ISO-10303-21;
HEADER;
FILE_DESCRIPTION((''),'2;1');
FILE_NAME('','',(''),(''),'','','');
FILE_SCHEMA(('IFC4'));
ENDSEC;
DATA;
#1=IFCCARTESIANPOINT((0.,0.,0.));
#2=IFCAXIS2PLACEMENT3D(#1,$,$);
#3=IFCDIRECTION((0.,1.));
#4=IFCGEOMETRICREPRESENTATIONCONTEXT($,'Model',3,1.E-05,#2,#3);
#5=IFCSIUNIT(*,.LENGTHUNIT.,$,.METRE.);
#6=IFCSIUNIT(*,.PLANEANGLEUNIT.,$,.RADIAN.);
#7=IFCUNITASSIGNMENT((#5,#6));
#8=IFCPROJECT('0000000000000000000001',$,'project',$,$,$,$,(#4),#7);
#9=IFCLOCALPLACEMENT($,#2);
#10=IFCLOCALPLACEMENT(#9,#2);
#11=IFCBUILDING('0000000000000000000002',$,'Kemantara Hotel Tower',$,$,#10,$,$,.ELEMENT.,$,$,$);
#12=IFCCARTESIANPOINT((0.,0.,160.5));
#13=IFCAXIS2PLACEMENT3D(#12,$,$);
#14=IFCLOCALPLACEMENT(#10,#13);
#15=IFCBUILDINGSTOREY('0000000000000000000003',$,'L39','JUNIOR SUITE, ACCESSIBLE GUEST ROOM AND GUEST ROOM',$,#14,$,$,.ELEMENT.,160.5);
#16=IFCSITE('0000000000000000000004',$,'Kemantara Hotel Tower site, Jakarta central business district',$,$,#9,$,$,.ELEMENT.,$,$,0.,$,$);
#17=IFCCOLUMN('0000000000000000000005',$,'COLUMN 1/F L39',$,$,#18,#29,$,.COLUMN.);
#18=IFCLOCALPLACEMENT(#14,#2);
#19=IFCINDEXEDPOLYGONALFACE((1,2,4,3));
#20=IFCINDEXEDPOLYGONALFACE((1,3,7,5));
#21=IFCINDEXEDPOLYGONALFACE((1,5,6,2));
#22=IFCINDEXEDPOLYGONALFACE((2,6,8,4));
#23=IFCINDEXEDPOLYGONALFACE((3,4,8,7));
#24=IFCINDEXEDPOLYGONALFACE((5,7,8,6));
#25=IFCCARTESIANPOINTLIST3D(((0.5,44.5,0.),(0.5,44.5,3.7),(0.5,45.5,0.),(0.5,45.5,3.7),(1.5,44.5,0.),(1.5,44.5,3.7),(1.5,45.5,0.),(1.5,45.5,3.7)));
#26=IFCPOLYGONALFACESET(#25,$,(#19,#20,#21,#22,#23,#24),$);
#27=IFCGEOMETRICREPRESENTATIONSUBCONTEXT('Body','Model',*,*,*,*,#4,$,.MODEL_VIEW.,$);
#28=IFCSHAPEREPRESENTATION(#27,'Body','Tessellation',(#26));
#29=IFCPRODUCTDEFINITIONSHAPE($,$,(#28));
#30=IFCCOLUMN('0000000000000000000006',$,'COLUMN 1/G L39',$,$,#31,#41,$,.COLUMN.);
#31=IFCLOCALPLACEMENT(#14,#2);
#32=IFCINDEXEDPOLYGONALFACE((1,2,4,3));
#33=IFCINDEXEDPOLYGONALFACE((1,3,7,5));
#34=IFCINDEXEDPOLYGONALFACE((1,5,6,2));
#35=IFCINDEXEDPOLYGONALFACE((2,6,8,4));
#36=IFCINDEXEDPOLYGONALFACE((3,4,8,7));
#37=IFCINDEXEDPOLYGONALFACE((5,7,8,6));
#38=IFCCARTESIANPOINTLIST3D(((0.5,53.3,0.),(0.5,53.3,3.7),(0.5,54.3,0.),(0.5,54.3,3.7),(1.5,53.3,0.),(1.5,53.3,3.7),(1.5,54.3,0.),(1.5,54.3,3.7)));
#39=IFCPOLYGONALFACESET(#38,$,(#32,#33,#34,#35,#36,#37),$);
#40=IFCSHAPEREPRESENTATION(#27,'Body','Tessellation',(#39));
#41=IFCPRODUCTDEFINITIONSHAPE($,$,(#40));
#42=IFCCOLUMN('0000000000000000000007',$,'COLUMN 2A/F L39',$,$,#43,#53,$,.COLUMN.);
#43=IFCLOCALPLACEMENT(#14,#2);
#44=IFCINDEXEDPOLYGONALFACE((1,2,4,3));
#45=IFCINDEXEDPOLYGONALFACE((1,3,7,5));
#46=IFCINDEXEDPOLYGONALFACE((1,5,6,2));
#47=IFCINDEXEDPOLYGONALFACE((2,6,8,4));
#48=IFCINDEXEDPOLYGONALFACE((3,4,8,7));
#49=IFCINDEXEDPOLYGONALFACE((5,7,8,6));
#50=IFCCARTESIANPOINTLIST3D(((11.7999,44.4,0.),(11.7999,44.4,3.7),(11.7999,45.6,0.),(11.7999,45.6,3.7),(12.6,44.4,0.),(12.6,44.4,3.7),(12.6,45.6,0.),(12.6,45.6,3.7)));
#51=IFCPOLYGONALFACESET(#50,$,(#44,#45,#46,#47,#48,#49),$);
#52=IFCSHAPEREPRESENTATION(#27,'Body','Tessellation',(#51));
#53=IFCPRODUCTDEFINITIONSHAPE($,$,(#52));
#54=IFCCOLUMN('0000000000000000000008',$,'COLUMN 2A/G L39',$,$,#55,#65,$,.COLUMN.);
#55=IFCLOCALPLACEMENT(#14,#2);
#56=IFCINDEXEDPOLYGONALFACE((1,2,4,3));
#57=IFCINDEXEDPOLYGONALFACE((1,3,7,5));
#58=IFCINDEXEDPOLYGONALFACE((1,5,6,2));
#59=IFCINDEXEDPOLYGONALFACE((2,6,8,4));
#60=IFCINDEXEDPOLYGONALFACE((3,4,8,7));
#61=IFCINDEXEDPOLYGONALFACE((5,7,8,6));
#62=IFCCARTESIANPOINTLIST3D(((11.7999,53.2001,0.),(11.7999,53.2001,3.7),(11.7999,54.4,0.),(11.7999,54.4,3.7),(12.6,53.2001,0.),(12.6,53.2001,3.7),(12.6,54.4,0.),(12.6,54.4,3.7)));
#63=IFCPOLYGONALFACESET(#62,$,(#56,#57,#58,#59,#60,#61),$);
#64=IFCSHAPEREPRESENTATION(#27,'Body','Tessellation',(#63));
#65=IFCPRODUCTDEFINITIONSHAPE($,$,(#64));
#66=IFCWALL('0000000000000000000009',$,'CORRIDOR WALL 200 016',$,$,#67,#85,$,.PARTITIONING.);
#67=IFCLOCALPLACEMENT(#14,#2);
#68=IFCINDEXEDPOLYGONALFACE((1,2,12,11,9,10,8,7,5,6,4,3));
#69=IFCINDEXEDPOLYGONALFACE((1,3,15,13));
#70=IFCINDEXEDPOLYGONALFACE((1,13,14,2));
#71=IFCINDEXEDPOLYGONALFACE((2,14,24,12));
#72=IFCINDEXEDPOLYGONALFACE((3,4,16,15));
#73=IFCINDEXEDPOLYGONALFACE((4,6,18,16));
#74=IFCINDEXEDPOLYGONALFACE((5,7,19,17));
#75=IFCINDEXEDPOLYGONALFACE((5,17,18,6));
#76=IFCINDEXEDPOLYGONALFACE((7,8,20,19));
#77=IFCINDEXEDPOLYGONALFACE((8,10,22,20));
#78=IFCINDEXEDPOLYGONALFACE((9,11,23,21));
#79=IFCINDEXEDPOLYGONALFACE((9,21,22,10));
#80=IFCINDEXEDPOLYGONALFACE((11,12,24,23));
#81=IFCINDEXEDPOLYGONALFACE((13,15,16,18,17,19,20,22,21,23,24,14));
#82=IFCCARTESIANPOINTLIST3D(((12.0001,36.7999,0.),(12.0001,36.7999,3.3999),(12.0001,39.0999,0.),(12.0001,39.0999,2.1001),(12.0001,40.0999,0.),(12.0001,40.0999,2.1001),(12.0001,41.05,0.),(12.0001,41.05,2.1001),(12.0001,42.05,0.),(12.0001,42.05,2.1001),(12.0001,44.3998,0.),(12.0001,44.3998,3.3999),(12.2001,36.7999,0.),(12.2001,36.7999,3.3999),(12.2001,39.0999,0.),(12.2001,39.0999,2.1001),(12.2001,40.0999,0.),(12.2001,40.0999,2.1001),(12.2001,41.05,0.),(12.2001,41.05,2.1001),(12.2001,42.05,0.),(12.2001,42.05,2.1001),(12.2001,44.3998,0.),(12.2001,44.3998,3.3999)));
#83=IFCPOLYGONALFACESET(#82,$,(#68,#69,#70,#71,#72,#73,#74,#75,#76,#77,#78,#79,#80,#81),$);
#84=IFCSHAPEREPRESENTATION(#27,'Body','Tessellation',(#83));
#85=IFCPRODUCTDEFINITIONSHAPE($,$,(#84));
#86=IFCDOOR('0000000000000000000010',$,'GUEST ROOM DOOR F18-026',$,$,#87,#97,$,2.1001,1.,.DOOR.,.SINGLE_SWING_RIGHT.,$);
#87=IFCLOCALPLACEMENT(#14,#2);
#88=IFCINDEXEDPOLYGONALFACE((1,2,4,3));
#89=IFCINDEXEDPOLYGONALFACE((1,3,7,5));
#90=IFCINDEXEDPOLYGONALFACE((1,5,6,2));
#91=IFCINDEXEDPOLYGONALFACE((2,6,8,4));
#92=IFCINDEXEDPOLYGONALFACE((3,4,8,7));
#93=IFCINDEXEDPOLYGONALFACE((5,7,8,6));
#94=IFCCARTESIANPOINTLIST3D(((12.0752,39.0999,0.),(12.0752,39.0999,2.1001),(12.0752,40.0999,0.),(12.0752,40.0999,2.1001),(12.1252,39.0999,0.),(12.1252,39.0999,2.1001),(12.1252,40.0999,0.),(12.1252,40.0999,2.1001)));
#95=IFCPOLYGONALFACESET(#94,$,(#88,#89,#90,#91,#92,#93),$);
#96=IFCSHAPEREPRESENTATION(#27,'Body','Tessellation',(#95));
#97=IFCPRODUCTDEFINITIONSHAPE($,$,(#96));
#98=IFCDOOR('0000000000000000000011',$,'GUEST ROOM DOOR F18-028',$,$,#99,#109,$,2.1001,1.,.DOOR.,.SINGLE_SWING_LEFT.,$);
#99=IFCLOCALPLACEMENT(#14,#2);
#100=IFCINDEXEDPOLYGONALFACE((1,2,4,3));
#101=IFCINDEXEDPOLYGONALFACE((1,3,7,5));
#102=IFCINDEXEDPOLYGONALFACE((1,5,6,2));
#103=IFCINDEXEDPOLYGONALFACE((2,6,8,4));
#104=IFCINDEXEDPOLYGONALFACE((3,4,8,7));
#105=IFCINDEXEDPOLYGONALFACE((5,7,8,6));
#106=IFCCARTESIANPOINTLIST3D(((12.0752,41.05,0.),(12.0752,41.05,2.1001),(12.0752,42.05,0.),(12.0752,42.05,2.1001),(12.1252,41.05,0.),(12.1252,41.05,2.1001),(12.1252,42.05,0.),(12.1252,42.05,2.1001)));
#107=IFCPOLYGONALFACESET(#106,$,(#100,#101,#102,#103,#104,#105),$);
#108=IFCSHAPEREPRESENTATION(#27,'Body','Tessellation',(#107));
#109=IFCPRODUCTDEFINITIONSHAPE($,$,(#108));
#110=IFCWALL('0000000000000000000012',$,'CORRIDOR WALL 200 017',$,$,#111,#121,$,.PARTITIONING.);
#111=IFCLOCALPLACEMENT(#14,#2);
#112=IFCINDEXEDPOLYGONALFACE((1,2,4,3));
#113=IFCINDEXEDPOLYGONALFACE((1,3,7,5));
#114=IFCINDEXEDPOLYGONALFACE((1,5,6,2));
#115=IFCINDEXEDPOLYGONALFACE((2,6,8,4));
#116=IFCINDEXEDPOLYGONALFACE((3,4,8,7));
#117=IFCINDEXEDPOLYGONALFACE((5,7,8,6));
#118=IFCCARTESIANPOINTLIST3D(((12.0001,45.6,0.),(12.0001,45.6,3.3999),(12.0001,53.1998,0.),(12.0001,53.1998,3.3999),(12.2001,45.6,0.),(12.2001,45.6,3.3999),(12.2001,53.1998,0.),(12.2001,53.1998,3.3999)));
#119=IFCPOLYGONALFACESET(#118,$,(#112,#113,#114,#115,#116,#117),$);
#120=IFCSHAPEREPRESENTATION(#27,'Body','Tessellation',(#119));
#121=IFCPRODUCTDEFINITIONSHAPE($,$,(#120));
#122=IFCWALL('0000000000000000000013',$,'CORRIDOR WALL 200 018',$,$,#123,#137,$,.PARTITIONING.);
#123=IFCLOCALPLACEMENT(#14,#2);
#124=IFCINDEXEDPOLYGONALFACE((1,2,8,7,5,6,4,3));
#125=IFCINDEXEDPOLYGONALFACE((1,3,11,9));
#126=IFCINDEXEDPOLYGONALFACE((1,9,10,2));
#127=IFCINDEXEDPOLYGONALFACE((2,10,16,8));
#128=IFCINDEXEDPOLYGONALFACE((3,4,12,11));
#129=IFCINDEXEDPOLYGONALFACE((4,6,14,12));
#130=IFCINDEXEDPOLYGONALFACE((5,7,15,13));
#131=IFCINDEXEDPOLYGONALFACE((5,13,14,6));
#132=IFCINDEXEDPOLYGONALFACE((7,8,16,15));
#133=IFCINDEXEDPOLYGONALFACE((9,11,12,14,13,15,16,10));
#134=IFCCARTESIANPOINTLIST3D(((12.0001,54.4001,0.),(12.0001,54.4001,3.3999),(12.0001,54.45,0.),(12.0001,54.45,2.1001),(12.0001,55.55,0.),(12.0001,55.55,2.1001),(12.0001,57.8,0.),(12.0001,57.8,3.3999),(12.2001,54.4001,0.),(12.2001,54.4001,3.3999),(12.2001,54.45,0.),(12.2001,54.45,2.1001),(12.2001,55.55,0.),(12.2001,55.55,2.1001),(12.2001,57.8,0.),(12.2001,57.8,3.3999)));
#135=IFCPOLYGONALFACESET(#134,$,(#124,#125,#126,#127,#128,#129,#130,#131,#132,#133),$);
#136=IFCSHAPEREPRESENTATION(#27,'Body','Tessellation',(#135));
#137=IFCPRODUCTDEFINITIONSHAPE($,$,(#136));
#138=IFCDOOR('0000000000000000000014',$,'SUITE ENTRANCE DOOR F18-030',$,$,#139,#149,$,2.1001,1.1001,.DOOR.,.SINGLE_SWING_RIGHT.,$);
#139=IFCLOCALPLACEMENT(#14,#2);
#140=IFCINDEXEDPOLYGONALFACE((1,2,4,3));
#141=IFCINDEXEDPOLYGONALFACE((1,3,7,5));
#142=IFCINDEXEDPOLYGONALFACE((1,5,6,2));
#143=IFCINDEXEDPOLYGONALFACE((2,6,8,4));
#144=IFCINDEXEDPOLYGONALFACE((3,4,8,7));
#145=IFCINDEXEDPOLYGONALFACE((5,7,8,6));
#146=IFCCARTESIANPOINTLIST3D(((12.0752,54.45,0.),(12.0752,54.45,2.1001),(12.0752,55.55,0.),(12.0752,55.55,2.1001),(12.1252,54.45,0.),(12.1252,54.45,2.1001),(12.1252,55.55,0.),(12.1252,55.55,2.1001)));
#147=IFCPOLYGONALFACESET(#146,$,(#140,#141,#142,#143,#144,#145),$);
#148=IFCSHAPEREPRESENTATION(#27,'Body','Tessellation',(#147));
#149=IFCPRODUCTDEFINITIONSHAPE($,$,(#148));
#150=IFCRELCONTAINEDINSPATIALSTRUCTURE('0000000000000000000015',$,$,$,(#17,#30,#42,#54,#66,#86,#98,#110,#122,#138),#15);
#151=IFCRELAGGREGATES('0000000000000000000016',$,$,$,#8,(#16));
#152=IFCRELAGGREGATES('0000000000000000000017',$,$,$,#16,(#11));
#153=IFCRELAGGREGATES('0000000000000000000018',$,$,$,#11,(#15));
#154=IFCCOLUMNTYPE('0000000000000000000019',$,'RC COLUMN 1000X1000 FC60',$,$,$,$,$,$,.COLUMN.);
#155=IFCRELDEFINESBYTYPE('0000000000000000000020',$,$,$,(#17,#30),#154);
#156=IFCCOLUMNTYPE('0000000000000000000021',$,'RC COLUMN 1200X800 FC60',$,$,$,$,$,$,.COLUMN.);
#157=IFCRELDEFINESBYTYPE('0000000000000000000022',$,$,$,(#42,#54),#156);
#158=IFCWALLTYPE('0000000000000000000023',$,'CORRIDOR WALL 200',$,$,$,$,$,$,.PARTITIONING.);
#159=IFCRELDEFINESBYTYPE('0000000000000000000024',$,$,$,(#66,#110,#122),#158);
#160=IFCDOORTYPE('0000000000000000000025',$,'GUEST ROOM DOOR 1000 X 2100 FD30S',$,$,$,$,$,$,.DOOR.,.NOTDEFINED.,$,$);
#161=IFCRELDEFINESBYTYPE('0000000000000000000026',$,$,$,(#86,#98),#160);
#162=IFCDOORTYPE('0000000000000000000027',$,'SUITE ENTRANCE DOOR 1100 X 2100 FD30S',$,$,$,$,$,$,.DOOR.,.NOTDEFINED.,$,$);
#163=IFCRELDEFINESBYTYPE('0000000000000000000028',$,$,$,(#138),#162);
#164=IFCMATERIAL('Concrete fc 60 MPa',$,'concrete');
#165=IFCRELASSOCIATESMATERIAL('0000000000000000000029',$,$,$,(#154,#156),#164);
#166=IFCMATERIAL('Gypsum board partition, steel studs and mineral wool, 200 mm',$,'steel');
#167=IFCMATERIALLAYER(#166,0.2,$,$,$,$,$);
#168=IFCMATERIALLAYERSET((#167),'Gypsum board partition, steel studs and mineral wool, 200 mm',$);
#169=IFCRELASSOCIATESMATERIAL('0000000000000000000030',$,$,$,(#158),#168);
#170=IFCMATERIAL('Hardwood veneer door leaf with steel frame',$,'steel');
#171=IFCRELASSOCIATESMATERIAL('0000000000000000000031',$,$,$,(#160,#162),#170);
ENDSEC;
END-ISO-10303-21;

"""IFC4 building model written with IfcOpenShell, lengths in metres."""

from ifc_helpers import new_model, si_unit, direction, frame, frame_2d, origin, origin_2d, place, context, subcontext, project, spatial, rectangle, extrude, material, layer, layer_set, material_profile, profile_set, type_object, element, fill, save


model = new_model("IFC4")

# Units and contexts
model_context = context("Model", 3, precision=1e-05, world=origin(), true_north=direction((0.0, 1.0)))
body_context = subcontext(model_context, "Body", "Model", "MODEL_VIEW")
ifc_project = project(units=[si_unit("LENGTHUNIT", "METRE"), si_unit("PLANEANGLEUNIT", "RADIAN")], contexts=[model_context])

# Site, building, storey
site_placement = place(None, origin())
site = spatial("IfcSite", under=ifc_project, at=site_placement, Name="Kemantara Hotel Tower site, Jakarta central business district", CompositionType="ELEMENT", RefElevation=0.0)
building_placement = place(site_placement, origin())
building = spatial("IfcBuilding", under=site, at=building_placement, Name="Kemantara Hotel Tower", CompositionType="ELEMENT")
storey_placement = place(building_placement, frame((0.0, 0.0, 160.5)))
storey = spatial("IfcBuildingStorey", under=building, at=storey_placement, Name="L39", Description="JUNIOR SUITE, ACCESSIBLE GUEST ROOM AND GUEST ROOM", CompositionType="ELEMENT", Elevation=160.5)

# Columns
ifc_material_1 = material(Name="Concrete fc 60 MPa", Category="concrete")
ifc_material_profile_1 = material_profile(ifc_material_1, rectangle(XDim=1.0, YDim=1.0, at=origin_2d()), Name="RC 1000X1000")
ifc_profile_set_1 = profile_set([ifc_material_profile_1], Name="Concrete fc 60 MPa")
column_type_1 = type_object("IfcColumnType", Name="RC COLUMN 1000X1000 FC60", PredefinedType="COLUMN", material=ifc_profile_set_1)
for number, where, z_axis, x_axis, name in (
    (1, (1.0, 45.0, 0.0), (0.0, 0.0, 1.0), (1.0, 0.0, 0.0), "COLUMN 1/F L39"),
    (2, (1.0, 53.8, 0.0), (0.0, 0.0, 1.0), (1.0, 0.0, 0.0), "COLUMN 1/G L39"),
):
    element("IfcColumn", number, at=place(storey_placement, frame(where, z_axis=z_axis, x_axis=x_axis)), inside=storey, type_object=column_type_1, Name=name, PredefinedType="COLUMN", context=body_context, shape_type="SweptSolid", body=[
        extrude(rectangle(XDim=1.0, YDim=1.0, at=origin_2d()), origin(), (0.0, 0.0, 1.0), 3.7),
    ])
ifc_material_profile_2 = material_profile(ifc_material_1, rectangle(XDim=1.2, YDim=0.8, at=origin_2d()), Name="RC 1200X800")
ifc_profile_set_2 = profile_set([ifc_material_profile_2], Name="Concrete fc 60 MPa")
column_type_2 = type_object("IfcColumnType", Name="RC COLUMN 1200X800 FC60", PredefinedType="COLUMN", material=ifc_profile_set_2)
for number, where, z_axis, x_axis, name in (
    (3, (12.2, 45.0, 0.0), (0.0, 0.0, 1.0), (0.0, 1.0, 0.0), "COLUMN 2A/F L39"),
    (4, (12.2, 53.8, 0.0), (0.0, 0.0, 1.0), (0.0, 1.0, 0.0), "COLUMN 2A/G L39"),
):
    element("IfcColumn", number, at=place(storey_placement, frame(where, z_axis=z_axis, x_axis=x_axis)), inside=storey, type_object=column_type_2, Name=name, PredefinedType="COLUMN", context=body_context, shape_type="SweptSolid", body=[
        extrude(rectangle(XDim=1.2, YDim=0.8, at=origin_2d()), origin(), (0.0, 0.0, 1.0), 3.7),
    ])

# Wall, openings, doors
ifc_material_2 = material(Name="Gypsum board partition, steel studs and mineral wool, 200 mm", Category="steel")
ifc_layer_1 = layer(ifc_material_2, 0.2)
ifc_layer_set_1 = layer_set([ifc_layer_1], Name="Gypsum board partition, steel studs and mineral wool, 200 mm")
wall_type_1 = type_object("IfcWallType", Name="CORRIDOR WALL 200", PredefinedType="PARTITIONING", material=ifc_layer_set_1)
wall_1_placement = place(storey_placement, frame((12.1001, 36.8, 0.0), z_axis=(0.0, 0.0, 1.0), x_axis=(0.0, 1.0, 0.0)))
wall_1 = element("IfcWall", 5, at=wall_1_placement, inside=storey, type_object=wall_type_1, Name="CORRIDOR WALL 200 016", PredefinedType="PARTITIONING", context=body_context, shape_type="SweptSolid", body=[
    extrude(rectangle(XDim=7.5999, YDim=0.2, at=frame_2d((3.7998, 0.0))), origin(), (0.0, 0.0, 1.0), 3.3999),
])
opening_1_placement = place(wall_1_placement, frame((2.2998, 0.0, 0.0)))
opening_1 = element("IfcOpeningElement", 6, at=opening_1_placement, cuts=wall_1, PredefinedType="OPENING", context=body_context, shape_type="SweptSolid", body=[
    extrude(rectangle(XDim=1.0, YDim=2.1001, at=frame_2d((0.5, 1.05))), frame((0.0, 0.1099, 0.0), z_axis=(0.0, -1.0, 0.0), x_axis=(1.0, 0.0, 0.0)), (0.0, 0.0, 1.0), 0.22),
])
opening_2_placement = place(wall_1_placement, frame((4.25, 0.0, 0.0)))
opening_2 = element("IfcOpeningElement", 7, at=opening_2_placement, cuts=wall_1, PredefinedType="OPENING", context=body_context, shape_type="SweptSolid", body=[
    extrude(rectangle(XDim=1.0, YDim=2.1001, at=frame_2d((0.5, 1.05))), frame((0.0, 0.1099, 0.0), z_axis=(0.0, -1.0, 0.0), x_axis=(1.0, 0.0, 0.0)), (0.0, 0.0, 1.0), 0.22),
])
ifc_material_3 = material(Name="Hardwood veneer door leaf with steel frame", Category="steel")
door_type_1 = type_object("IfcDoorType", Name="GUEST ROOM DOOR 1000 X 2100 FD30S", OperationType="NOTDEFINED", PredefinedType="DOOR", material=ifc_material_3)
door_1_placement = place(opening_1_placement, origin())
door_1 = element("IfcDoor", 8, at=door_1_placement, inside=storey, type_object=door_type_1, Name="GUEST ROOM DOOR F18-026", OperationType="SINGLE_SWING_RIGHT", OverallHeight=2.1001, OverallWidth=1.0, PredefinedType="DOOR", context=body_context, shape_type="SweptSolid", body=[
    extrude(rectangle(XDim=1.0, YDim=2.1001, at=frame_2d((0.5, 1.05))), frame((0.0, 0.0249, 0.0), z_axis=(0.0, -1.0, 0.0), x_axis=(1.0, 0.0, 0.0)), (0.0, 0.0, 1.0), 0.05),
])
fill(opening_1, door_1)
door_2_placement = place(opening_2_placement, origin())
door_2 = element("IfcDoor", 9, at=door_2_placement, inside=storey, type_object=door_type_1, Name="GUEST ROOM DOOR F18-028", OperationType="SINGLE_SWING_LEFT", OverallHeight=2.1001, OverallWidth=1.0, PredefinedType="DOOR", context=body_context, shape_type="SweptSolid", body=[
    extrude(rectangle(XDim=1.0, YDim=2.1001, at=frame_2d((0.5, 1.05))), frame((0.0, 0.0249, 0.0), z_axis=(0.0, -1.0, 0.0), x_axis=(1.0, 0.0, 0.0)), (0.0, 0.0, 1.0), 0.05),
])
fill(opening_2, door_2)

# Wall
wall_2_placement = place(storey_placement, frame((12.1001, 45.6001, 0.0), z_axis=(0.0, 0.0, 1.0), x_axis=(0.0, 1.0, 0.0)))
element("IfcWall", 10, at=wall_2_placement, inside=storey, type_object=wall_type_1, Name="CORRIDOR WALL 200 017", PredefinedType="PARTITIONING", context=body_context, shape_type="SweptSolid", body=[
    extrude(rectangle(XDim=7.5999, YDim=0.2, at=frame_2d((3.7998, 0.0))), origin(), (0.0, 0.0, 1.0), 3.3999),
])

# Wall, opening, door
wall_3_placement = place(storey_placement, frame((12.1001, 54.4001, 0.0), z_axis=(0.0, 0.0, 1.0), x_axis=(0.0, 1.0, 0.0)))
wall_3 = element("IfcWall", 11, at=wall_3_placement, inside=storey, type_object=wall_type_1, Name="CORRIDOR WALL 200 018", PredefinedType="PARTITIONING", context=body_context, shape_type="SweptSolid", body=[
    extrude(rectangle(XDim=3.3999, YDim=0.2, at=frame_2d((1.7, 0.0))), origin(), (0.0, 0.0, 1.0), 3.3999),
])
opening_3_placement = place(wall_3_placement, frame((0.0498, 0.0, 0.0)))
opening_3 = element("IfcOpeningElement", 12, at=opening_3_placement, cuts=wall_3, PredefinedType="OPENING", context=body_context, shape_type="SweptSolid", body=[
    extrude(rectangle(XDim=1.1001, YDim=2.1001, at=frame_2d((0.55, 1.05))), frame((0.0, 0.1099, 0.0), z_axis=(0.0, -1.0, 0.0), x_axis=(1.0, 0.0, 0.0)), (0.0, 0.0, 1.0), 0.22),
])
door_type_2 = type_object("IfcDoorType", Name="SUITE ENTRANCE DOOR 1100 X 2100 FD30S", OperationType="NOTDEFINED", PredefinedType="DOOR", material=ifc_material_3)
door_3_placement = place(opening_3_placement, origin())
door_3 = element("IfcDoor", 13, at=door_3_placement, inside=storey, type_object=door_type_2, Name="SUITE ENTRANCE DOOR F18-030", OperationType="SINGLE_SWING_RIGHT", OverallHeight=2.1001, OverallWidth=1.1001, PredefinedType="DOOR", context=body_context, shape_type="SweptSolid", body=[
    extrude(rectangle(XDim=1.1001, YDim=2.1001, at=frame_2d((0.55, 1.05))), frame((0.0, 0.0249, 0.0), z_axis=(0.0, -1.0, 0.0), x_axis=(1.0, 0.0, 0.0)), (0.0, 0.0, 1.0), 0.05),
])
fill(opening_3, door_3)

save(model, "model.ifc")
